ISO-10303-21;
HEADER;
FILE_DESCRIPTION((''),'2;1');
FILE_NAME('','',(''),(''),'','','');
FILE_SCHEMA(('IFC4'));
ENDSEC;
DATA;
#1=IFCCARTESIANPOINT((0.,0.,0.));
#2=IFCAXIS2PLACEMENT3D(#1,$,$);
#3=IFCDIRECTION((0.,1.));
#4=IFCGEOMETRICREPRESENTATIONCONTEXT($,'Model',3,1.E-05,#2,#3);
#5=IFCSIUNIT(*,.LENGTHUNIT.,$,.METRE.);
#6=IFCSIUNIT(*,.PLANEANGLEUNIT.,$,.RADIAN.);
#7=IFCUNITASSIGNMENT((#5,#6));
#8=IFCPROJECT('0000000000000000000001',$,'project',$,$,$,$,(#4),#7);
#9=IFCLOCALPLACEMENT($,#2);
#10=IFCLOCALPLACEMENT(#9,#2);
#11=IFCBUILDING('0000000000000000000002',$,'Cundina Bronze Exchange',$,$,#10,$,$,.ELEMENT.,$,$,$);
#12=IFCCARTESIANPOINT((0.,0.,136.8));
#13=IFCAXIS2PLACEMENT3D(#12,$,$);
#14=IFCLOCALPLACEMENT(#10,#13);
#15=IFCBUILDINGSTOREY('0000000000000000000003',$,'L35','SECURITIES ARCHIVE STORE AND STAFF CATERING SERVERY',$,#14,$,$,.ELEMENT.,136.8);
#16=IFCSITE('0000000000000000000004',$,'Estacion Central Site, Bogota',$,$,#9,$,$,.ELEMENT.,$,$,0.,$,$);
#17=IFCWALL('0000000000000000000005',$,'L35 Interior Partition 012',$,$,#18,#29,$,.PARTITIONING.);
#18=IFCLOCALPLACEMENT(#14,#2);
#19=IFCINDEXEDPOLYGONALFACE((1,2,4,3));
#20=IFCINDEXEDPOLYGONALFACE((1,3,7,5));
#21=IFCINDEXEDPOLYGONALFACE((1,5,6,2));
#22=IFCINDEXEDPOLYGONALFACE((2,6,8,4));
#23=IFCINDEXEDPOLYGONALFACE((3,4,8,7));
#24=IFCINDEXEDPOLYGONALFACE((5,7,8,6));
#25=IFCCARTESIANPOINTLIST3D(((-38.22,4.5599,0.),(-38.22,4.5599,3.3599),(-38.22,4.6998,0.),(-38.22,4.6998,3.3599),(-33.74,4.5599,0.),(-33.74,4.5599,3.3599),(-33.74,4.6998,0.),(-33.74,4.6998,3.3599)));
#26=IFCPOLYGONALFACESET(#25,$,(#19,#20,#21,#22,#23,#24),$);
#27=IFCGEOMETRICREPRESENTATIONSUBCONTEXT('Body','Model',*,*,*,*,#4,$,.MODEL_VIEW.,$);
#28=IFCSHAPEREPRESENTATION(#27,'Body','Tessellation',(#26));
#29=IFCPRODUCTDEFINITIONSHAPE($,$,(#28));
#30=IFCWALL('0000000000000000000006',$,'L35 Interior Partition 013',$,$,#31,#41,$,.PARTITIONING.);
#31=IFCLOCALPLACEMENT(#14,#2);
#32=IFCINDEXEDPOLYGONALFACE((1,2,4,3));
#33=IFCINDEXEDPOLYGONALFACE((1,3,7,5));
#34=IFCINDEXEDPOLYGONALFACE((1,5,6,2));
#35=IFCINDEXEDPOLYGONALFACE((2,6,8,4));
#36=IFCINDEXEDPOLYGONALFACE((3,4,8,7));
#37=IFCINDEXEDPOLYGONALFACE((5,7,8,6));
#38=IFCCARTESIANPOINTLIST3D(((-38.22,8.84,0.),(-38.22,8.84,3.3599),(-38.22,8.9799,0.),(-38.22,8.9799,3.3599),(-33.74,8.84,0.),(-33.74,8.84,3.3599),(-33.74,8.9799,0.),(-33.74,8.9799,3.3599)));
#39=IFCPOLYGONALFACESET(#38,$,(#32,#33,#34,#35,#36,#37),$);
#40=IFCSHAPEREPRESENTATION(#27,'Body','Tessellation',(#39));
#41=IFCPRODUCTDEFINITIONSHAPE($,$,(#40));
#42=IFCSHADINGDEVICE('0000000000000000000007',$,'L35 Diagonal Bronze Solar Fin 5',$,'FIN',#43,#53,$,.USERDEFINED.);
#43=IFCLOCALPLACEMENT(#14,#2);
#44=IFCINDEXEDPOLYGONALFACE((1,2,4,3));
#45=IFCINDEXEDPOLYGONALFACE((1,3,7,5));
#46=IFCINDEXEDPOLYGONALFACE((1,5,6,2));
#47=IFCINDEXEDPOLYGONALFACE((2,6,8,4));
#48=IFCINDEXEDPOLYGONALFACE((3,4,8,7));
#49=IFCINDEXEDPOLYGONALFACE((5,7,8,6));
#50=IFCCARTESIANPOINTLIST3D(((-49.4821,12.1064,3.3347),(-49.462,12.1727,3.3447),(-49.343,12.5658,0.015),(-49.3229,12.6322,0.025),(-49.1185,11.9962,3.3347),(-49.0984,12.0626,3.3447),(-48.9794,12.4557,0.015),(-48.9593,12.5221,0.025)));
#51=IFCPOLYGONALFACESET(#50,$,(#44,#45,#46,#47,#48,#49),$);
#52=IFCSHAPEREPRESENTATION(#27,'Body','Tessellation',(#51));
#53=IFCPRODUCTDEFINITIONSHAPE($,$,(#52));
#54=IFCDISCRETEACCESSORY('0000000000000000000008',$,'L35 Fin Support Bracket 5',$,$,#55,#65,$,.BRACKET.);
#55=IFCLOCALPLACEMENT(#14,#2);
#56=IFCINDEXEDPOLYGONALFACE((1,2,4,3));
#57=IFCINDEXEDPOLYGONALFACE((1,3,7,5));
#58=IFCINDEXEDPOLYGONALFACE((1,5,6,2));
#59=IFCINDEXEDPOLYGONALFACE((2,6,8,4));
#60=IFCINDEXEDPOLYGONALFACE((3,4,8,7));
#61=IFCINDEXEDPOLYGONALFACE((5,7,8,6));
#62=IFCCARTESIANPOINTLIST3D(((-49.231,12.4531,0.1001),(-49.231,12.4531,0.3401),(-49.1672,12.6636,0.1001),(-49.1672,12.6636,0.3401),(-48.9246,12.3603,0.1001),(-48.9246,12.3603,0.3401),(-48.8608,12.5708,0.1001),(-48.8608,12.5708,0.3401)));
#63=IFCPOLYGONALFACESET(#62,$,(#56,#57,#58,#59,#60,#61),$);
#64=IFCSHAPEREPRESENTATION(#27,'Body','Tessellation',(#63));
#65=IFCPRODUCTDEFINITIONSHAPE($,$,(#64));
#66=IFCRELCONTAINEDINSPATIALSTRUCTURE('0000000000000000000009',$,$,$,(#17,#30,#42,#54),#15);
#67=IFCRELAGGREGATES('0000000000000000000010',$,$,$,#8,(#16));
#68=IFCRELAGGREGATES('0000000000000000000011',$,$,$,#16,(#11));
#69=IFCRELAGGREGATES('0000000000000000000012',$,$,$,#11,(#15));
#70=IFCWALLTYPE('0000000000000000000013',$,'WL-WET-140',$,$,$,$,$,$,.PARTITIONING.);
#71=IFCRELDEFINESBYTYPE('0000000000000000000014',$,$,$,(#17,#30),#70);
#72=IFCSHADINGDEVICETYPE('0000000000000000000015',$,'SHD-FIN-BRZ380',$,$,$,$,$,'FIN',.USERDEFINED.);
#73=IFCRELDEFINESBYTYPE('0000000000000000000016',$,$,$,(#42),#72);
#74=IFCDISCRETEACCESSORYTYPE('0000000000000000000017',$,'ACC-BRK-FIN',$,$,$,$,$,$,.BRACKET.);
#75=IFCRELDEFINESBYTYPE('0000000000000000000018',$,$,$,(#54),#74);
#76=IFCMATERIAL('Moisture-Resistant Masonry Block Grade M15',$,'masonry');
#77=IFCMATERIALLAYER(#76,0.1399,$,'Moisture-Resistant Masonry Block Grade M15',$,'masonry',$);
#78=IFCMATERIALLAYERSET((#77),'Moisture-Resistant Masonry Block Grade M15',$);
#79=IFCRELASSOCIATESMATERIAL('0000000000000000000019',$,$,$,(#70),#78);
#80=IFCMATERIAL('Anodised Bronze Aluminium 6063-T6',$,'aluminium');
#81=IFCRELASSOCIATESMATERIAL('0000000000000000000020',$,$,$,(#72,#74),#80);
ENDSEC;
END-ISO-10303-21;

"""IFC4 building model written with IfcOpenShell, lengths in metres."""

from ifc_helpers import new_model, si_unit, direction, frame, frame_2d, origin, origin_2d, place, context, subcontext, project, spatial, rectangle, extrude, material, layer, layer_set, material_profile, profile_set, type_object, element, save


model = new_model("IFC4")

# Units and contexts
model_context = context("Model", 3, precision=1e-05, world=origin(), true_north=direction((0.0, 1.0)))
body_context = subcontext(model_context, "Body", "Model", "MODEL_VIEW")
ifc_project = project(units=[si_unit("LENGTHUNIT", "METRE"), si_unit("PLANEANGLEUNIT", "RADIAN")], contexts=[model_context])

# Site, building, storey
site_placement = place(None, origin())
site = spatial("IfcSite", under=ifc_project, at=site_placement, Name="Estacion Central Site, Bogota", CompositionType="ELEMENT", RefElevation=0.0)
building_placement = place(site_placement, origin())
building = spatial("IfcBuilding", under=site, at=building_placement, Name="Cundina Bronze Exchange", CompositionType="ELEMENT")
storey_placement = place(building_placement, frame((0.0, 0.0, 136.8)))
storey = spatial("IfcBuildingStorey", under=building, at=storey_placement, Name="L35", Description="SECURITIES ARCHIVE STORE AND STAFF CATERING SERVERY", CompositionType="ELEMENT", Elevation=136.8)

# Shared definitions
ifc_material_1 = material(Name="Anodised Bronze Aluminium 6063-T6", Category="aluminium")

# Walls
ifc_material_2 = material(Name="Moisture-Resistant Masonry Block Grade M15", Category="masonry")
ifc_layer_1 = layer(ifc_material_2, 0.1399, Name="Moisture-Resistant Masonry Block Grade M15", Category="masonry")
ifc_layer_set_1 = layer_set([ifc_layer_1], Name="Moisture-Resistant Masonry Block Grade M15")
wall_type_1 = type_object("IfcWallType", Name="WL-WET-140", PredefinedType="PARTITIONING", material=ifc_layer_set_1)
for number, where, z_axis, x_axis, name in (
    (1, (-38.22, 4.6299, 0.0), (0.0, 0.0, 1.0), (1.0, 0.0, 0.0), "L35 Interior Partition 012"),
    (2, (-38.22, 8.9099, 0.0), (0.0, 0.0, 1.0), (1.0, 0.0, 0.0), "L35 Interior Partition 013"),
):
    element("IfcWall", number, at=place(storey_placement, frame(where, z_axis=z_axis, x_axis=x_axis)), inside=storey, type_object=wall_type_1, Name=name, PredefinedType="PARTITIONING", context=body_context, shape_type="SweptSolid", body=[
        extrude(rectangle(XDim=4.48, YDim=0.1399, at=frame_2d((2.24, 0.0))), origin(), (0.0, 0.0, 1.0), 3.3599),
    ])

# Shading device
ifc_material_profile_1 = material_profile(ifc_material_1, rectangle(XDim=0.0701, YDim=0.3799, at=origin_2d()), Name="FIN70X380", Category="aluminium")
ifc_profile_set_1 = profile_set([ifc_material_profile_1], Name="Anodised Bronze Aluminium 6063-T6")
shading_device_type = type_object("IfcShadingDeviceType", Name="SHD-FIN-BRZ380", ElementType="FIN", PredefinedType="USERDEFINED", material=ifc_profile_set_1)
shading_device_placement = place(storey_placement, frame((-49.1511, 12.5439, 0.02), z_axis=(-0.041486, -0.136978, 0.989705), x_axis=(0.286882, 0.947214, 0.143123)))
element("IfcShadingDevice", 3, at=shading_device_placement, inside=storey, type_object=shading_device_type, Name="L35 Diagonal Bronze Solar Fin 5", ObjectType="FIN", PredefinedType="USERDEFINED", context=body_context, shape_type="SweptSolid", body=[
    extrude(rectangle(XDim=0.0701, YDim=0.3799, at=origin_2d()), origin(), (0.0, 0.0, 1.0), 3.3542),
])

# Discrete accessory
discrete_accessory_type = type_object("IfcDiscreteAccessoryType", Name="ACC-BRK-FIN", PredefinedType="BRACKET", material=ifc_material_1)
discrete_accessory_placement = place(storey_placement, frame((-49.0459, 12.512, 0.1001), z_axis=(0.0, 0.0, 1.0), x_axis=(-0.290051, -0.957011, 0.0)))
element("IfcDiscreteAccessory", 4, at=discrete_accessory_placement, inside=storey, type_object=discrete_accessory_type, Name="L35 Fin Support Bracket 5", PredefinedType="BRACKET", context=body_context, shape_type="SweptSolid", body=[
    extrude(rectangle(XDim=0.22, YDim=0.3201, at=origin_2d()), origin(), (0.0, 0.0, 1.0), 0.24),
])

save(model, "model.ifc")
